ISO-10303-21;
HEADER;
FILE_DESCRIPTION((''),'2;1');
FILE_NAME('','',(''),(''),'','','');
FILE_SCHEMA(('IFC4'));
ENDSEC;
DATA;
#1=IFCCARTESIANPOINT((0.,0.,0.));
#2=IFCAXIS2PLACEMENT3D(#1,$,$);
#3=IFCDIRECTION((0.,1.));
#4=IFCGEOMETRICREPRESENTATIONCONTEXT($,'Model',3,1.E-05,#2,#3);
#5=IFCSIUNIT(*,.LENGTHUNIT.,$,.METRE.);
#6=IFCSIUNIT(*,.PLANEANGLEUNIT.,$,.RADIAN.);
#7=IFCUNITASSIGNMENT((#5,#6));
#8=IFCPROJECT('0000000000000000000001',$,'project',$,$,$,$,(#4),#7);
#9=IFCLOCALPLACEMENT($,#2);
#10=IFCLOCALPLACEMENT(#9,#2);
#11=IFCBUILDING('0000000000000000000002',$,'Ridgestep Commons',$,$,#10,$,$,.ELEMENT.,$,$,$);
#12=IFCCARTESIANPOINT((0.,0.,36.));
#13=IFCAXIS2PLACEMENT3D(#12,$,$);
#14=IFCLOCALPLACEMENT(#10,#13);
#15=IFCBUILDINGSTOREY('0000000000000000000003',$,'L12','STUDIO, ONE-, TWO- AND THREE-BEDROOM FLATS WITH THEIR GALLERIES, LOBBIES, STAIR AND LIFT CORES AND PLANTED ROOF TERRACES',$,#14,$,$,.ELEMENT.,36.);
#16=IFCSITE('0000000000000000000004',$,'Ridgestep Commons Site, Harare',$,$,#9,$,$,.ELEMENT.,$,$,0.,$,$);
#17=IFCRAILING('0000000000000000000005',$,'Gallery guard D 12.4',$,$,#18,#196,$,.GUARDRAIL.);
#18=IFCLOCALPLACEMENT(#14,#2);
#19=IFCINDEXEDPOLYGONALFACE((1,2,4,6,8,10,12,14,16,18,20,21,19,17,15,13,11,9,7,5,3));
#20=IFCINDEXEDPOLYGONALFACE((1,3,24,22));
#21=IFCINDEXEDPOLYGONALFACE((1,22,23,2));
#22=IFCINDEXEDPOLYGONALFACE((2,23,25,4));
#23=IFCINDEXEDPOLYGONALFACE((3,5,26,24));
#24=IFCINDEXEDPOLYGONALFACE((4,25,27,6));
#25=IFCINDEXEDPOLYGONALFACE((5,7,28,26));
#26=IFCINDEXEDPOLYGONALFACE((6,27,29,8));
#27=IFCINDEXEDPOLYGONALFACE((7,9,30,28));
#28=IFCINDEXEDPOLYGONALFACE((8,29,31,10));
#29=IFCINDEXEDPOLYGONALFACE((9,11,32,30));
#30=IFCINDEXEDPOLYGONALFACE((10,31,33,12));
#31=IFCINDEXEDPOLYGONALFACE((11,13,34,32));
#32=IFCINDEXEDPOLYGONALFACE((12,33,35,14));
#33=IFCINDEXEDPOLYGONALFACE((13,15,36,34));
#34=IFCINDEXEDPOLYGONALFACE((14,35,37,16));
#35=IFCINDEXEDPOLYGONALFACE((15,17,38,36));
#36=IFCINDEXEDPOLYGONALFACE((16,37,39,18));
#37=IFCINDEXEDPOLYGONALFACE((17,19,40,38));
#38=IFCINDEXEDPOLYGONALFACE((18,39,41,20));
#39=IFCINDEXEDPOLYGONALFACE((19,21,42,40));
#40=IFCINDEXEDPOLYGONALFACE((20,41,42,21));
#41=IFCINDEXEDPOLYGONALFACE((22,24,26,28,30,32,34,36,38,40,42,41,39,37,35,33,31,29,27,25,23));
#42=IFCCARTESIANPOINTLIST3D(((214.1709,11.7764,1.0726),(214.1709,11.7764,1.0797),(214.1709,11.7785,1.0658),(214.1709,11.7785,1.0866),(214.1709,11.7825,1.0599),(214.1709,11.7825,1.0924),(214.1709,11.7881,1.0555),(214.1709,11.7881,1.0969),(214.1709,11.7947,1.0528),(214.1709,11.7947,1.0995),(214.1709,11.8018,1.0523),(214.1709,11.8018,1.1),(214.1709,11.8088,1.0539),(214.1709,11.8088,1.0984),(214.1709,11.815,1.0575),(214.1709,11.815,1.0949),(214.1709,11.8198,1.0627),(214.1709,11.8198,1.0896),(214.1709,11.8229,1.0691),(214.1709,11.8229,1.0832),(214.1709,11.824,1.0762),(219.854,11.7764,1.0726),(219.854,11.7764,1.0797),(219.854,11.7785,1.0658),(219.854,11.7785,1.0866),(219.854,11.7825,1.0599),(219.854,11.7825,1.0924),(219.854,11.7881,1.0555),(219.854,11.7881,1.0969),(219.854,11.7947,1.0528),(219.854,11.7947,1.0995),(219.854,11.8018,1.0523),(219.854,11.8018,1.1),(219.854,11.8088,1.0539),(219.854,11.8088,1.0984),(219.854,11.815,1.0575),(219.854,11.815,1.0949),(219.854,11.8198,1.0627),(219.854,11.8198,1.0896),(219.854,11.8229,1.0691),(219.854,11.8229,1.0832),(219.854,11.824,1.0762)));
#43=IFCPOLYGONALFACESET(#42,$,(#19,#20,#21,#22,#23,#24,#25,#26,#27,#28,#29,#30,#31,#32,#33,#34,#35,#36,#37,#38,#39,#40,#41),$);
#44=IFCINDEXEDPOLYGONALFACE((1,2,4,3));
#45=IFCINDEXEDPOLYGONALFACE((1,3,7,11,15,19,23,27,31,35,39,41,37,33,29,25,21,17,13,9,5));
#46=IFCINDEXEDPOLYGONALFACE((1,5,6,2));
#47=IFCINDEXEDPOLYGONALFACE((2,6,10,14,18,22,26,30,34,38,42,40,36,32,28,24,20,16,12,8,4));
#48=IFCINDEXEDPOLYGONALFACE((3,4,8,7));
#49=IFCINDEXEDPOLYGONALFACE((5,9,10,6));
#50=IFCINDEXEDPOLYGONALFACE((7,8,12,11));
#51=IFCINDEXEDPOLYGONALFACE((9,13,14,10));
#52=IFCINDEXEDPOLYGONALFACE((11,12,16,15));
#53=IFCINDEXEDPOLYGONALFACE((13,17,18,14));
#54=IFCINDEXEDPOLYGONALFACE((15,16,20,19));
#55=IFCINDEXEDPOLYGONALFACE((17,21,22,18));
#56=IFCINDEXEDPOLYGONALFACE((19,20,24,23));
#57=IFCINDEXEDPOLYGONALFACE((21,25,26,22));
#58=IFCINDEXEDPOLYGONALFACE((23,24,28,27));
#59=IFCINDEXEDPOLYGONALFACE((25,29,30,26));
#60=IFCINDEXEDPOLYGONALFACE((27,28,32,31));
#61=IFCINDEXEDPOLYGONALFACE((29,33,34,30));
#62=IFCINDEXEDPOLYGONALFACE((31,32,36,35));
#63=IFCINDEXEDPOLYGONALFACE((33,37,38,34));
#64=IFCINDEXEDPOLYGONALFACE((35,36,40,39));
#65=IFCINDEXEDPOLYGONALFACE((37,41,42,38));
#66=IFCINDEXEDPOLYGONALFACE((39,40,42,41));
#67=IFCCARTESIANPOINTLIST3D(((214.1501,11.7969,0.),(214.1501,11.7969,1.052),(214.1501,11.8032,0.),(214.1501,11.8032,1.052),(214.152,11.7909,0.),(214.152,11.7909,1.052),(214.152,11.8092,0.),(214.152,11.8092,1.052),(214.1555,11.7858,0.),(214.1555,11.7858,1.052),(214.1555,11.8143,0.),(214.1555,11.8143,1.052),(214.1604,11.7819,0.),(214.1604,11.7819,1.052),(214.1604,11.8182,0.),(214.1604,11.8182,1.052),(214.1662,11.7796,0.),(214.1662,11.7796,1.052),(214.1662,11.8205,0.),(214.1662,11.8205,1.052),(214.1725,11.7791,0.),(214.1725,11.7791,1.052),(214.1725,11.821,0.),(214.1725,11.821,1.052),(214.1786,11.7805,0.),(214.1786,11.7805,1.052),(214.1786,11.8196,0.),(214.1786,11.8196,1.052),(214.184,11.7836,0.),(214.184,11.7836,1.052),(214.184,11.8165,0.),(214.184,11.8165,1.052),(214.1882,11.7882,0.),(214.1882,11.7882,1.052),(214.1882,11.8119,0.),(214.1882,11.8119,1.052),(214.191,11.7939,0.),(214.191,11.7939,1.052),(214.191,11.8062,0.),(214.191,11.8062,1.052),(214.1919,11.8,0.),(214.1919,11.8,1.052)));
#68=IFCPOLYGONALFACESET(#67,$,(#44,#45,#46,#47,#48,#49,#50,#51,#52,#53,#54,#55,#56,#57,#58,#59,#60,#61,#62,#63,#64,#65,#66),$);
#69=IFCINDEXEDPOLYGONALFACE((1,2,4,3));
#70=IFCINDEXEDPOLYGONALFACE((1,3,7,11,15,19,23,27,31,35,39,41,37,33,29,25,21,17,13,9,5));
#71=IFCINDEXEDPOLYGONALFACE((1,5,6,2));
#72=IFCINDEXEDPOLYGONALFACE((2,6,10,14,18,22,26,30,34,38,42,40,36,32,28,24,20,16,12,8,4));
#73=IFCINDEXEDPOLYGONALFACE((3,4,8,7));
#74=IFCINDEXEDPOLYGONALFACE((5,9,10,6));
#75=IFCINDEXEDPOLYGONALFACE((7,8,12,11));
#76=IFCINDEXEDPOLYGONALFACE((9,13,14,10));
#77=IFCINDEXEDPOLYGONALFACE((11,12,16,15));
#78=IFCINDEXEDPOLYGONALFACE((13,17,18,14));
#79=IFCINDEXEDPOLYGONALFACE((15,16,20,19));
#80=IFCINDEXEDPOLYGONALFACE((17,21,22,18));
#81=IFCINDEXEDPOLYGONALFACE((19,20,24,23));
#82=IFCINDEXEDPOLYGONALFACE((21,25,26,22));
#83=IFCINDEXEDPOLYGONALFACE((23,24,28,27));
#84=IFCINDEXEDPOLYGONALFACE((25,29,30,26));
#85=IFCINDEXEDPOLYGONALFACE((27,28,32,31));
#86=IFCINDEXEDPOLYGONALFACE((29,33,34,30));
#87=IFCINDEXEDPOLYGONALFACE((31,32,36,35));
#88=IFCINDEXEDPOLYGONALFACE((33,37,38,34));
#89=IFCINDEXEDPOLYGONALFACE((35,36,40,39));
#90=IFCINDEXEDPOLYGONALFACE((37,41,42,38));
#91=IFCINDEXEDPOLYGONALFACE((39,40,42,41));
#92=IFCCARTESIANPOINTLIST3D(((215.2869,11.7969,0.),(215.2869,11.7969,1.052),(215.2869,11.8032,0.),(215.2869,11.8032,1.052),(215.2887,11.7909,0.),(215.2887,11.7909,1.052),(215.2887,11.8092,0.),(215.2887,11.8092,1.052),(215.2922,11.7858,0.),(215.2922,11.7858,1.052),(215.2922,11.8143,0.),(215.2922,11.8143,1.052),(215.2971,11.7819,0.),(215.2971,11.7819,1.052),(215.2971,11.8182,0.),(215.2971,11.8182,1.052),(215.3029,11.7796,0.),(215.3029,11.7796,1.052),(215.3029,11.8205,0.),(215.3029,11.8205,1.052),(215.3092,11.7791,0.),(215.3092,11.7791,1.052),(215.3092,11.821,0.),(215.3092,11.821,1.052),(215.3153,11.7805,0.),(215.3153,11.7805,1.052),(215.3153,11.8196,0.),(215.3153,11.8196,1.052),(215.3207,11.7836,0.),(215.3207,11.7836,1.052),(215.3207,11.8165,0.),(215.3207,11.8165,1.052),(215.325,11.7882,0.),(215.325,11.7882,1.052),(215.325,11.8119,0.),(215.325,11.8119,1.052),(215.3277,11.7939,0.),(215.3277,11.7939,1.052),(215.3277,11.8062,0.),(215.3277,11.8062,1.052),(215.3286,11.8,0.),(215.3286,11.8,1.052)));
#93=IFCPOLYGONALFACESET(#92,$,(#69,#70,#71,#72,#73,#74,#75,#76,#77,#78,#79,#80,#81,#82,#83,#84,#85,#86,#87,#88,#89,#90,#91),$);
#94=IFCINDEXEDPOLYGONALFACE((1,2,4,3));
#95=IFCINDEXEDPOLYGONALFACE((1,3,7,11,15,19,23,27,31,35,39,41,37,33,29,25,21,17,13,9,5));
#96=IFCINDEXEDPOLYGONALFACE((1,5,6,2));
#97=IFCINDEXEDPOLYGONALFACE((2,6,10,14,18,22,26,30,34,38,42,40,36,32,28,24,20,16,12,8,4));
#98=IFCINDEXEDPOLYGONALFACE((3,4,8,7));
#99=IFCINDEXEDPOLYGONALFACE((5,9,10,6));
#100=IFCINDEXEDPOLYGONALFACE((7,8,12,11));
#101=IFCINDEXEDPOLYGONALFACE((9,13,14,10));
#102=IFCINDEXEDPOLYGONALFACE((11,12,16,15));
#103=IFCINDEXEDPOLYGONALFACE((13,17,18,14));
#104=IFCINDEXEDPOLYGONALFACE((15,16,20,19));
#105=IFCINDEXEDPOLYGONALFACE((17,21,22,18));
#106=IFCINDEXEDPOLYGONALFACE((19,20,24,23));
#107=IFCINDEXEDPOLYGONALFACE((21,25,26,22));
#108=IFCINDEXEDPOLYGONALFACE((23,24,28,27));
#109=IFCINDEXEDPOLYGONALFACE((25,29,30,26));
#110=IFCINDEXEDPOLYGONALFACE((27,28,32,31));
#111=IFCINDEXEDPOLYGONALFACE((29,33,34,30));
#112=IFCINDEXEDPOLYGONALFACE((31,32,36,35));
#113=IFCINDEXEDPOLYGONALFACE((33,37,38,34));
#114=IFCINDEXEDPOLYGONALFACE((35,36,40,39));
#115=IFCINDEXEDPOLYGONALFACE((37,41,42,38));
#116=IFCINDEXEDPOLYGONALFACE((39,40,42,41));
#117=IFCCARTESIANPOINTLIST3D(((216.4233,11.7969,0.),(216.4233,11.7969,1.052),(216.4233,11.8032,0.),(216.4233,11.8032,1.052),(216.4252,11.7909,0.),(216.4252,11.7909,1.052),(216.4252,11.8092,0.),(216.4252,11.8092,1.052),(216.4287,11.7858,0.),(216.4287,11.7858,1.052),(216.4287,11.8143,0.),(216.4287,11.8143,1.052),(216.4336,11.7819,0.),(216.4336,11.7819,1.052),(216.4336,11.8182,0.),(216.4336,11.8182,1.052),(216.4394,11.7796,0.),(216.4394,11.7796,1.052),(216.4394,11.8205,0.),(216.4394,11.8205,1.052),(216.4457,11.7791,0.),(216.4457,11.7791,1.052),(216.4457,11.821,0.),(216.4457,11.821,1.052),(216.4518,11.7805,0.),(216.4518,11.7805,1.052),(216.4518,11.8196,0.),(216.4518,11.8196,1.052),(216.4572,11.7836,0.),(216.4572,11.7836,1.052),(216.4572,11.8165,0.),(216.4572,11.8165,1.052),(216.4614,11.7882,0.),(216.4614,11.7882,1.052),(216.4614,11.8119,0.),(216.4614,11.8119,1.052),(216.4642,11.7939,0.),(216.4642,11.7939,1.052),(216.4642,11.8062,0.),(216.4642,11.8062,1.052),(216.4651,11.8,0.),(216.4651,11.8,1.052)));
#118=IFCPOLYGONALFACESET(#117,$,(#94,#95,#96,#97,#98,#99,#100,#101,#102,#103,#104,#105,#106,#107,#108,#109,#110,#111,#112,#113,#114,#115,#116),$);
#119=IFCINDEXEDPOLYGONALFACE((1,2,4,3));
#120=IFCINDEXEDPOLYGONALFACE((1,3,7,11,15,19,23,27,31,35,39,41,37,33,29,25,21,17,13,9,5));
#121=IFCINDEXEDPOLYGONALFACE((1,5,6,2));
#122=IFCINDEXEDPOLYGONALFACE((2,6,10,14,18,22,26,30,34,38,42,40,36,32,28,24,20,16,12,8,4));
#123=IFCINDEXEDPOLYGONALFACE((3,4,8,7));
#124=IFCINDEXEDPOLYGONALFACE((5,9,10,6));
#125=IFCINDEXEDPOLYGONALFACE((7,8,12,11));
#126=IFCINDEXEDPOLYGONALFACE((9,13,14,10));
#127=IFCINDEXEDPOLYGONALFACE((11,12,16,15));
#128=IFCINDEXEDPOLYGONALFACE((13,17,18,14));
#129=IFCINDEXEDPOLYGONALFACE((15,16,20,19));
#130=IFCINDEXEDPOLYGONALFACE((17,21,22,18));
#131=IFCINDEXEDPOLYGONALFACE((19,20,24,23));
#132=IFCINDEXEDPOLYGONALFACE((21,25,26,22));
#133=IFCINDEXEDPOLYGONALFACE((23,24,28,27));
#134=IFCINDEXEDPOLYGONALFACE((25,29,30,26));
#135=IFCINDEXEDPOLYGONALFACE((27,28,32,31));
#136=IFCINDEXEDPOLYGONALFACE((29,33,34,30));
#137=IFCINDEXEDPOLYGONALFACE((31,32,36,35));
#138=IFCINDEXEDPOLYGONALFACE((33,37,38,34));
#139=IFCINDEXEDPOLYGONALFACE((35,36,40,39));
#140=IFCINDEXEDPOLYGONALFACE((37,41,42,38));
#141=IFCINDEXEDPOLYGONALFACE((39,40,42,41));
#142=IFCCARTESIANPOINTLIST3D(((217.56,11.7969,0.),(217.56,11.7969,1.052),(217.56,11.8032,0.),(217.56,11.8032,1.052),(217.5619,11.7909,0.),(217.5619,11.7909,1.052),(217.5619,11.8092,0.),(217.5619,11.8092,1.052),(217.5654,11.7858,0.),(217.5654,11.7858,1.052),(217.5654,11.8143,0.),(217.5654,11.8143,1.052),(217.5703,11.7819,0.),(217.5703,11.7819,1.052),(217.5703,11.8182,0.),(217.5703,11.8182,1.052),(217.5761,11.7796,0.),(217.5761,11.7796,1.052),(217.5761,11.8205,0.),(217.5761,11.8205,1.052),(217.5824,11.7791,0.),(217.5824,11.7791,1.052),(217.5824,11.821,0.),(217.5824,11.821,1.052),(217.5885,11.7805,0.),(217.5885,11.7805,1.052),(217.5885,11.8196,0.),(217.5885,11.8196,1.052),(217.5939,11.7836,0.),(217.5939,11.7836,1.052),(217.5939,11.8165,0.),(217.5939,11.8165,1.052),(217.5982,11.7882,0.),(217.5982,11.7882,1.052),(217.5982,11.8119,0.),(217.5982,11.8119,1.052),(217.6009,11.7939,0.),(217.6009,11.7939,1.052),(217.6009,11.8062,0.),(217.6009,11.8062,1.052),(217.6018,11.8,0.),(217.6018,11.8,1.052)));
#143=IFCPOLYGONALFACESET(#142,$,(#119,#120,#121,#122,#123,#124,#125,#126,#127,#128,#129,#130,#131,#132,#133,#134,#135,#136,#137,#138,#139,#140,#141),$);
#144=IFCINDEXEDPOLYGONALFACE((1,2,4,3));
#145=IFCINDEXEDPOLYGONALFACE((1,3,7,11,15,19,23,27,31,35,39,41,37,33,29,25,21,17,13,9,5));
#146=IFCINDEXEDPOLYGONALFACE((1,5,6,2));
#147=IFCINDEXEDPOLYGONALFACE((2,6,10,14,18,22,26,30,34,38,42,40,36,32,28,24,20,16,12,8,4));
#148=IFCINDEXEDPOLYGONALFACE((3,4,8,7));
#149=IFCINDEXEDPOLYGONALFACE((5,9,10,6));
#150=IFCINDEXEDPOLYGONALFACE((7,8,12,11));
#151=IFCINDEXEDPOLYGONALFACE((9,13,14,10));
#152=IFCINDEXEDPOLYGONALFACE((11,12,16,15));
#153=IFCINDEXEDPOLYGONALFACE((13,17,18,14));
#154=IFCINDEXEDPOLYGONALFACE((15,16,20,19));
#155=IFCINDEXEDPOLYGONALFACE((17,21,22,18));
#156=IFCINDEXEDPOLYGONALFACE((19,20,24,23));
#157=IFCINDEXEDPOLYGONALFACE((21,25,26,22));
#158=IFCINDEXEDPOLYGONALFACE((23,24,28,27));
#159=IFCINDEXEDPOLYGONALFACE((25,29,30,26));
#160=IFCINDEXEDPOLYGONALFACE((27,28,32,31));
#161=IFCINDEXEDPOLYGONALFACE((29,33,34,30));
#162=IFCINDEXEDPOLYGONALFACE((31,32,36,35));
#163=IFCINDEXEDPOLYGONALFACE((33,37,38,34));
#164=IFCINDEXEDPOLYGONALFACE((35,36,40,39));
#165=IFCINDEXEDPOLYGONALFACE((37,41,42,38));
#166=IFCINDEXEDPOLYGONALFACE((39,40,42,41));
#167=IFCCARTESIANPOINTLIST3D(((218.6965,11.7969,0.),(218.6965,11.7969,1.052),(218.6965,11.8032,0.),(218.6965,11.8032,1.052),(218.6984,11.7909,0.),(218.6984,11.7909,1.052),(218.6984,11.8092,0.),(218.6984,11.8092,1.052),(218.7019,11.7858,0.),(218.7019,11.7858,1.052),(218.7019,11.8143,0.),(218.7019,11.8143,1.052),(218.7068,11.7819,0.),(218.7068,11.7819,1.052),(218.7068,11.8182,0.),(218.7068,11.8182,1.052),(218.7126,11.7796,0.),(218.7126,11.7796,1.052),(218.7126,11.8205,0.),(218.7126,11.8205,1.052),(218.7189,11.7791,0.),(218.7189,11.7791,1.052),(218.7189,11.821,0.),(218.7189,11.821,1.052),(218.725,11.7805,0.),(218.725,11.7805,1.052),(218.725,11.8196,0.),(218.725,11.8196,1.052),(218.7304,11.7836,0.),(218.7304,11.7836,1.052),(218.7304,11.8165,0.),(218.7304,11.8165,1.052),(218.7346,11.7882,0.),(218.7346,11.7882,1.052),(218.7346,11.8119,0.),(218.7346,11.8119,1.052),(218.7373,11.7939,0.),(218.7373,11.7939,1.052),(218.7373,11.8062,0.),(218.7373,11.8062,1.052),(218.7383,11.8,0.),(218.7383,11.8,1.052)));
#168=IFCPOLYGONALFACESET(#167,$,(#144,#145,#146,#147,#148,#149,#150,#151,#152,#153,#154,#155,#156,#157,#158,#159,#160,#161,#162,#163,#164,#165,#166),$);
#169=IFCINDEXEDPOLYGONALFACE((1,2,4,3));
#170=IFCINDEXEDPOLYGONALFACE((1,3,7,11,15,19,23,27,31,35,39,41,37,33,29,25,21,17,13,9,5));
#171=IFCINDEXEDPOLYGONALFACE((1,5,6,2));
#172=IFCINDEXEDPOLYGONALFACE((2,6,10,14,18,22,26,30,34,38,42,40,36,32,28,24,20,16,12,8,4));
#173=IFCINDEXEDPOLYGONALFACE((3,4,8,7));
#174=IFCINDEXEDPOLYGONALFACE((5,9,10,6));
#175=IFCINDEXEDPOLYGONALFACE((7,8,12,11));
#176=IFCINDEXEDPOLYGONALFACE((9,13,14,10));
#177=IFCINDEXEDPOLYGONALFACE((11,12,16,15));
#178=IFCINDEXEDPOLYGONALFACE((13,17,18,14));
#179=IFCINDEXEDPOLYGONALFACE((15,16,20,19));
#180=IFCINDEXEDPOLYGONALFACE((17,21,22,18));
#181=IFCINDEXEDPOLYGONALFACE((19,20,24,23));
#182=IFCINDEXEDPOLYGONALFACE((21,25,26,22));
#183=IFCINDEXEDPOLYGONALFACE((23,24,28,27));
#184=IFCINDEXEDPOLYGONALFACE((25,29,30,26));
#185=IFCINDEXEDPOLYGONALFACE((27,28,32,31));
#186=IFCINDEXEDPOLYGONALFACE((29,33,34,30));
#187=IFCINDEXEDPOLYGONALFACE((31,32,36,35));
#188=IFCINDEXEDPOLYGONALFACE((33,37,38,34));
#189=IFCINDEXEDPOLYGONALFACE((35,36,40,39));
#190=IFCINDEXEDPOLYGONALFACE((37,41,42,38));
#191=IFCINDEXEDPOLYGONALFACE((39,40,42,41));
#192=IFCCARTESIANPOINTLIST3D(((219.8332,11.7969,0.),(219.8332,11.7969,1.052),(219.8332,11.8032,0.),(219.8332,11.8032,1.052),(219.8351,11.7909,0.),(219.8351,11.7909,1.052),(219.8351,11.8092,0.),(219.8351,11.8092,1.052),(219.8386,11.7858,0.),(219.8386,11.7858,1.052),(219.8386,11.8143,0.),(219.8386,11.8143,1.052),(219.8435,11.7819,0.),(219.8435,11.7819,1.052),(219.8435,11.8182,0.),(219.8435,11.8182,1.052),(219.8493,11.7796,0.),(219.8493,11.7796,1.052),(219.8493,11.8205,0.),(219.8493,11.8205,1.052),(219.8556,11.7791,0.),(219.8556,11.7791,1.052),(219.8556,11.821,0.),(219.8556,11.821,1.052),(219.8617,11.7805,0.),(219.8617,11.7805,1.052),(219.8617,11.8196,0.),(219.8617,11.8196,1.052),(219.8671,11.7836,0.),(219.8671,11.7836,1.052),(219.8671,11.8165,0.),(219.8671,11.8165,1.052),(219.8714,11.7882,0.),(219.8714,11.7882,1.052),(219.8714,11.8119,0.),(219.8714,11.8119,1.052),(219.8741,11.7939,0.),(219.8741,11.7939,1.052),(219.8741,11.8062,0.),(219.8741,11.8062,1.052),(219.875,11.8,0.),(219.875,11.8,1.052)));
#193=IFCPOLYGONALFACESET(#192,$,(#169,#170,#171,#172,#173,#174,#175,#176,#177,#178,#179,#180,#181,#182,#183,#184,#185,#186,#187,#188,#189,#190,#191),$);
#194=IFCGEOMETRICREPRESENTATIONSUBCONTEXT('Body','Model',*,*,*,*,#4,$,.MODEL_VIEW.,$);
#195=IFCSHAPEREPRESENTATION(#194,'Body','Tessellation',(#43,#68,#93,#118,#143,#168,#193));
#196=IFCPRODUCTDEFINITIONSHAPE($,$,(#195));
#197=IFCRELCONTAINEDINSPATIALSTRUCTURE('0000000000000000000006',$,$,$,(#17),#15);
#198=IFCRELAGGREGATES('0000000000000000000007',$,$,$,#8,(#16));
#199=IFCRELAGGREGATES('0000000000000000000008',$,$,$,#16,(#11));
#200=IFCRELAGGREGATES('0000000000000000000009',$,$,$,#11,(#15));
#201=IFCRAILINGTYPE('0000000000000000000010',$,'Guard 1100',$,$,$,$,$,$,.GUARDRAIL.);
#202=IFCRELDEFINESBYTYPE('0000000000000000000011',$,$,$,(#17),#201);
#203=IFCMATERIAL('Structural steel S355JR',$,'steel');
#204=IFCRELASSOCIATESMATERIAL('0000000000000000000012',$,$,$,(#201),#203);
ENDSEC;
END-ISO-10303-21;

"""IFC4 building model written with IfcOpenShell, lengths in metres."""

from ifc_helpers import new_model, si_unit, direction, frame, origin, origin_2d, place, context, subcontext, project, spatial, circle, extrude, material, type_object, element, save


model = new_model("IFC4")

# Units and contexts
model_context = context("Model", 3, precision=1e-05, world=origin(), true_north=direction((0.0, 1.0)))
body_context = subcontext(model_context, "Body", "Model", "MODEL_VIEW")
ifc_project = project(units=[si_unit("LENGTHUNIT", "METRE"), si_unit("PLANEANGLEUNIT", "RADIAN")], contexts=[model_context])

# Site, building, storey
site_placement = place(None, origin())
site = spatial("IfcSite", under=ifc_project, at=site_placement, Name="Ridgestep Commons Site, Harare", CompositionType="ELEMENT", RefElevation=0.0)
building_placement = place(site_placement, origin())
building = spatial("IfcBuilding", under=site, at=building_placement, Name="Ridgestep Commons", CompositionType="ELEMENT")
storey_placement = place(building_placement, frame((0.0, 0.0, 36.0)))
storey = spatial("IfcBuildingStorey", under=building, at=storey_placement, Name="L12", Description="STUDIO, ONE-, TWO- AND THREE-BEDROOM FLATS WITH THEIR GALLERIES, LOBBIES, STAIR AND LIFT CORES AND PLANTED ROOF TERRACES", CompositionType="ELEMENT", Elevation=36.0)

# Railing
ifc_material_1 = material(Name="Structural steel S355JR", Category="steel")
railing_type_1 = type_object("IfcRailingType", Name="Guard 1100", PredefinedType="GUARDRAIL", material=ifc_material_1)
railing_1_placement = place(storey_placement, frame((214.1709, 11.8, 0.0)))
element("IfcRailing", 1, at=railing_1_placement, inside=storey, type_object=railing_type_1, Name="Gallery guard D 12.4", PredefinedType="GUARDRAIL", context=body_context, shape_type="SweptSolid", body=[
    extrude(circle(Radius=0.0239, at=origin_2d()), frame((0.0, 0.0, 1.0762), z_axis=(1.0, 0.0, 0.0), x_axis=(0.0, 1.0, 0.0)), (0.0, 0.0, 1.0), 5.6831),
    extrude(circle(Radius=0.021, at=origin_2d()), origin(), (0.0, 0.0, 1.0), 1.052),
    extrude(circle(Radius=0.021, at=origin_2d()), frame((1.1367, 0.0, 0.0)), (0.0, 0.0, 1.0), 1.052),
    extrude(circle(Radius=0.021, at=origin_2d()), frame((2.2732, 0.0, 0.0)), (0.0, 0.0, 1.0), 1.052),
    extrude(circle(Radius=0.021, at=origin_2d()), frame((3.4099, 0.0, 0.0)), (0.0, 0.0, 1.0), 1.052),
    extrude(circle(Radius=0.021, at=origin_2d()), frame((4.5464, 0.0, 0.0)), (0.0, 0.0, 1.0), 1.052),
    extrude(circle(Radius=0.021, at=origin_2d()), frame((5.6831, 0.0, 0.0)), (0.0, 0.0, 1.0), 1.052),
])

save(model, "model.ifc")
